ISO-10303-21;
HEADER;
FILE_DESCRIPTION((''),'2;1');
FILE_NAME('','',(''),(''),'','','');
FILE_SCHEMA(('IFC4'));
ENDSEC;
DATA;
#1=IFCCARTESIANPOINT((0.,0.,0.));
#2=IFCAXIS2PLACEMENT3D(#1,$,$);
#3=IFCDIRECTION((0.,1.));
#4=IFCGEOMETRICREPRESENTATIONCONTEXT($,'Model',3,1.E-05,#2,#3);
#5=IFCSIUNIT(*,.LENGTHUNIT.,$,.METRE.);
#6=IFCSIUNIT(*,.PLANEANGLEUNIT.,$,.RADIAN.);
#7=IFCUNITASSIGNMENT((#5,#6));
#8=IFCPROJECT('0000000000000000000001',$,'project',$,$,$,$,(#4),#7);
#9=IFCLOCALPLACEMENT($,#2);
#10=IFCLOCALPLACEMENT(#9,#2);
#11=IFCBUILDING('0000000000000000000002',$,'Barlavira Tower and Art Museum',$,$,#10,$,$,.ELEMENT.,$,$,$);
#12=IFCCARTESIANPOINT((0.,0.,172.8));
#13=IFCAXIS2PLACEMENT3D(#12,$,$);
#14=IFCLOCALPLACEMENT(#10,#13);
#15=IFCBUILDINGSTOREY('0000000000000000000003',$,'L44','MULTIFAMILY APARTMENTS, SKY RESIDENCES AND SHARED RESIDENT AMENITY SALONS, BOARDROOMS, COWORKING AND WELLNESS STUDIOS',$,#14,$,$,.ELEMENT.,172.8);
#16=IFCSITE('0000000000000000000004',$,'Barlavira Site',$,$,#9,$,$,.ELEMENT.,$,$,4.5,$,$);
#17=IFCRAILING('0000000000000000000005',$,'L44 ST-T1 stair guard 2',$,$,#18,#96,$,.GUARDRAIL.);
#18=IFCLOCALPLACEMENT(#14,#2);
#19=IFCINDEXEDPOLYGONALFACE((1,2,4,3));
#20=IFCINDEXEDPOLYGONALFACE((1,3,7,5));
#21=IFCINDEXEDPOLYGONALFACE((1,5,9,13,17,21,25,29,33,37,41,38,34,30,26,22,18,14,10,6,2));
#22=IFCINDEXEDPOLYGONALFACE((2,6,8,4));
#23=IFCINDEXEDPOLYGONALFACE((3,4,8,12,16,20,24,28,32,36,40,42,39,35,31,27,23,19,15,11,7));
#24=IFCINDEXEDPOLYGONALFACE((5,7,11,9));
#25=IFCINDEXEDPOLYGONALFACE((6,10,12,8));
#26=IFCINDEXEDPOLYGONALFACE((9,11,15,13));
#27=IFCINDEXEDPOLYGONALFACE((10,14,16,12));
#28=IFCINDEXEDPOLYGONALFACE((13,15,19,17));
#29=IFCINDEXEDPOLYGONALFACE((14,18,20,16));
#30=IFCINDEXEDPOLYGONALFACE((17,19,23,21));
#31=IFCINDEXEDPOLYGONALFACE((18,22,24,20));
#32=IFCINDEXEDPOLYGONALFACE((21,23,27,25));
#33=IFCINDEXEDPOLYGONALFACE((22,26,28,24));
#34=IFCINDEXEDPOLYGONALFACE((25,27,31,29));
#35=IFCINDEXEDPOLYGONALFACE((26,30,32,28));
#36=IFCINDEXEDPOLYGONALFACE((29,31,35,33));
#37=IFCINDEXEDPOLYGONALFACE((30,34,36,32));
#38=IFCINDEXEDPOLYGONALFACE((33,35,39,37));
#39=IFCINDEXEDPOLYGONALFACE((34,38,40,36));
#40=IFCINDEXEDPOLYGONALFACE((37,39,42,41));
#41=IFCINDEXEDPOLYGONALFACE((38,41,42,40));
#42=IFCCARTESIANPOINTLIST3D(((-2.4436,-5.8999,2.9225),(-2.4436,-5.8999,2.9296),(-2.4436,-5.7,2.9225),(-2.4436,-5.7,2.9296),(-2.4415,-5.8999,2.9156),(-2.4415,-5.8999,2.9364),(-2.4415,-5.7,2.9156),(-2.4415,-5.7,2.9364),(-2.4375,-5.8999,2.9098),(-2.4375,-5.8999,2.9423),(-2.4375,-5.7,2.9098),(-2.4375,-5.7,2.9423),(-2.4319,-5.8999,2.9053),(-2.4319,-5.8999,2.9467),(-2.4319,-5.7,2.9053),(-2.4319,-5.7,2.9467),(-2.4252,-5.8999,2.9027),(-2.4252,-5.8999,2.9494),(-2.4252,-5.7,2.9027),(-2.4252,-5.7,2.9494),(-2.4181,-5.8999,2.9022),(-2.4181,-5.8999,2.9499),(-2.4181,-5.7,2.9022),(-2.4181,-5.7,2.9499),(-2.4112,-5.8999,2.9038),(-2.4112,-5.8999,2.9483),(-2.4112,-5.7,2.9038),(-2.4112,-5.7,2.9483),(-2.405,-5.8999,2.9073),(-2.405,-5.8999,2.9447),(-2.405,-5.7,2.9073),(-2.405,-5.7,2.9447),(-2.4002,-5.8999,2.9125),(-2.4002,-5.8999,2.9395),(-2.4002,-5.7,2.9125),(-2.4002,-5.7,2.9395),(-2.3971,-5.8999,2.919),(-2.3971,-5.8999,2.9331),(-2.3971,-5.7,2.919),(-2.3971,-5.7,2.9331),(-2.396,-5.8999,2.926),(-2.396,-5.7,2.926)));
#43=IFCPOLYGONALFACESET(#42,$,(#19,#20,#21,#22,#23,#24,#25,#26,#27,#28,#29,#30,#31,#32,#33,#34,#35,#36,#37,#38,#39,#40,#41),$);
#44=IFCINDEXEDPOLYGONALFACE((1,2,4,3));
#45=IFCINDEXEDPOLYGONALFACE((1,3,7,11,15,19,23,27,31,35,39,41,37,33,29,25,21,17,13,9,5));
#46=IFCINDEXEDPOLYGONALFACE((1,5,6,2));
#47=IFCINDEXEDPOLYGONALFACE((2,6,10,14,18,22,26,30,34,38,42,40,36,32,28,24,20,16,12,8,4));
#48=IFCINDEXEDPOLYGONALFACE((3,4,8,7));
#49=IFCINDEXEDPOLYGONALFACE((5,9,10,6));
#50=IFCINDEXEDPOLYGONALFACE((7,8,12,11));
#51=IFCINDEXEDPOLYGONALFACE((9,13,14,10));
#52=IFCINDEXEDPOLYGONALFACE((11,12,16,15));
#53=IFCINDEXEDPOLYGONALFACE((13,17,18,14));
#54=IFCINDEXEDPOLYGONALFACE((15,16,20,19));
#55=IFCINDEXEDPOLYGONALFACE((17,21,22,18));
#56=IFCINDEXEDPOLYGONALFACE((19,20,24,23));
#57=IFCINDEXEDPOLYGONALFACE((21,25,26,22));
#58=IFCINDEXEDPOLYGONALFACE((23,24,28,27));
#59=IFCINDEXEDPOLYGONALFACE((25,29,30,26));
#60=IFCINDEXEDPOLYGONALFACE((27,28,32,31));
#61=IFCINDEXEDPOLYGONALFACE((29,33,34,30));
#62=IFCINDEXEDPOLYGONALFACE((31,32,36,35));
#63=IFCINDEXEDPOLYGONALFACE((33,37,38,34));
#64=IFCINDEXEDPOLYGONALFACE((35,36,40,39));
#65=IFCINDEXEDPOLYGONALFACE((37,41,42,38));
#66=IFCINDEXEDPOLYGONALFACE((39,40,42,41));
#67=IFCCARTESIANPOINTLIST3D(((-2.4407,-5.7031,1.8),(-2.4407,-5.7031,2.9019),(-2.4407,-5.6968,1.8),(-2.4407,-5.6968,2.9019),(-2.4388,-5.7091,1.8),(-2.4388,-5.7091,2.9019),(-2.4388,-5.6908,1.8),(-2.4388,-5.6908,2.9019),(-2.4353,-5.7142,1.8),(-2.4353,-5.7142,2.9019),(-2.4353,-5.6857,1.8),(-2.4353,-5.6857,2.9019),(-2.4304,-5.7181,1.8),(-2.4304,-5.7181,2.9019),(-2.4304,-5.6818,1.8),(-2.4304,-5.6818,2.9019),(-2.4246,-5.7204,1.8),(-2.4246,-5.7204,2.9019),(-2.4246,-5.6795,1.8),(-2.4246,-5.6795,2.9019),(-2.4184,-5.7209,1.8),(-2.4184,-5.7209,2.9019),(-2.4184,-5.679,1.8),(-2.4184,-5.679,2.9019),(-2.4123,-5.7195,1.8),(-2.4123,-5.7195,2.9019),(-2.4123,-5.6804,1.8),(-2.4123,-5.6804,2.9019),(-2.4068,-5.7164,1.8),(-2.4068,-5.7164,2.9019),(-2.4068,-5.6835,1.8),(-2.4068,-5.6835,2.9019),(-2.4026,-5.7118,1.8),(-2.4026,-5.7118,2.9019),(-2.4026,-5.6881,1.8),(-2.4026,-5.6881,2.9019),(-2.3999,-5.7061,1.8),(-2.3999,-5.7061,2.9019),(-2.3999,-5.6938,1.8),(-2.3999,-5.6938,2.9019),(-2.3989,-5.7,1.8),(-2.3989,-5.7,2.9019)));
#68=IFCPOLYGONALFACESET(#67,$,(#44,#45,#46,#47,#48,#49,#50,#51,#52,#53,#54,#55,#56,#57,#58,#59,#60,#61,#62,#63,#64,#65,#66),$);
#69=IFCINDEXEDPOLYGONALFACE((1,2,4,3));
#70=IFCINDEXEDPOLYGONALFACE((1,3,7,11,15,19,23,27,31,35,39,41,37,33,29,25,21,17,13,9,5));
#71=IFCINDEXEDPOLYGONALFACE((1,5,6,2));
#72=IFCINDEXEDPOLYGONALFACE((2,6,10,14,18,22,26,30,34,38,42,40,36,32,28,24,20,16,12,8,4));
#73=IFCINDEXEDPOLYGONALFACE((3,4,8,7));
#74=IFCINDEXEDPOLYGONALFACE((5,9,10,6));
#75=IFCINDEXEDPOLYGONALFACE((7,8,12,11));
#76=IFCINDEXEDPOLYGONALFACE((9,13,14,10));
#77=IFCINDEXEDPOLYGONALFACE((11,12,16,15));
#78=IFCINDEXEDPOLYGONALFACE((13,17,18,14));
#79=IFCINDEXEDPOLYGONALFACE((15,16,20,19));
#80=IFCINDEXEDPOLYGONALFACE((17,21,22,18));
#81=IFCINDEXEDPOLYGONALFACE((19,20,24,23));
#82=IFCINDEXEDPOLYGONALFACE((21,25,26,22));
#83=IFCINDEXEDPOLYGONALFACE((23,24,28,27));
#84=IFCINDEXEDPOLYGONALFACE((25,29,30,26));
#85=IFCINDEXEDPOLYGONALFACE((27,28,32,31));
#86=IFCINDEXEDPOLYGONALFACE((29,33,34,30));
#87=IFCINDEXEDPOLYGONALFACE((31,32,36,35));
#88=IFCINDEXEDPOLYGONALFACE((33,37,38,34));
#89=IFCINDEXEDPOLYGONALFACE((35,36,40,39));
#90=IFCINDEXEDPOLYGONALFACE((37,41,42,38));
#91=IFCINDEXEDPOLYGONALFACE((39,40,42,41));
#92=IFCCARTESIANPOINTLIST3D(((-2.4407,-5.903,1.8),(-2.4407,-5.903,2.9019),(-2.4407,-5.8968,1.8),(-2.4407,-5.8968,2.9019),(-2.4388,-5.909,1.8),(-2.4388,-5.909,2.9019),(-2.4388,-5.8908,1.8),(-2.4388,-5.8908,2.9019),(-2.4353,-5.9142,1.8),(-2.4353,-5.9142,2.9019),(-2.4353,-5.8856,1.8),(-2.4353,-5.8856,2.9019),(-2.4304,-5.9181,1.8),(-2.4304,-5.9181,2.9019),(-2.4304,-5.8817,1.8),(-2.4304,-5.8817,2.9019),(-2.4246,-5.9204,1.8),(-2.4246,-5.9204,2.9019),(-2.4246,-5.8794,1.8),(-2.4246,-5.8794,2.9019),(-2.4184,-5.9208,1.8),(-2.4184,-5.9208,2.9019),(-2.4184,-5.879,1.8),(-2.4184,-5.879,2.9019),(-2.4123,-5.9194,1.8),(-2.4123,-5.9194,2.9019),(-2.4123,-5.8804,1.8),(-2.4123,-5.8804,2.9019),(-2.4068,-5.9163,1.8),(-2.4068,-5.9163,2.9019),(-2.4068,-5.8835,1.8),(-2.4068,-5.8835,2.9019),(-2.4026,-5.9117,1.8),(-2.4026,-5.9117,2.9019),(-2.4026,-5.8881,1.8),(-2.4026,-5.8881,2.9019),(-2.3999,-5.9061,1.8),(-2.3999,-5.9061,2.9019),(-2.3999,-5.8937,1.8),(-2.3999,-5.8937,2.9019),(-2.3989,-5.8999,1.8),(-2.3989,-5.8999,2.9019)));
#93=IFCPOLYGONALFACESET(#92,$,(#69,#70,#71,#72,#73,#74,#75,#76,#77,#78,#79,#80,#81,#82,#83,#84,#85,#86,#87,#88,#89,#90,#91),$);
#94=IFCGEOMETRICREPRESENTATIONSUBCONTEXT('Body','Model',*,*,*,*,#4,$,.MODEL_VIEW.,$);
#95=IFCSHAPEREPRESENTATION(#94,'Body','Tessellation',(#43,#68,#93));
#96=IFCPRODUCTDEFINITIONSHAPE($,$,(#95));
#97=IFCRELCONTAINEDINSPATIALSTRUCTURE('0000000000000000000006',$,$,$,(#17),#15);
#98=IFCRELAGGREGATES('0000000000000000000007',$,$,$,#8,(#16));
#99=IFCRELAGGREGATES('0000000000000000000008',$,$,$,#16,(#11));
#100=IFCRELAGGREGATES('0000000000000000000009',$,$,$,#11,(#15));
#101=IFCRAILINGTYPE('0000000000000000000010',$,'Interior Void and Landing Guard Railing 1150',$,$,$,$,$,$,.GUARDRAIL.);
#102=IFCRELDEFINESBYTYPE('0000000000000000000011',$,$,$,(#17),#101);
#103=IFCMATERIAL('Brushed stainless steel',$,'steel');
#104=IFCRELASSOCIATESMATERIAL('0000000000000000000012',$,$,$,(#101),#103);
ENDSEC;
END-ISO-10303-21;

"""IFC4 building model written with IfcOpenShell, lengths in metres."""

from ifc_helpers import new_model, si_unit, direction, frame, origin, origin_2d, place, context, subcontext, project, spatial, circle, extrude, material, type_object, element, save


model = new_model("IFC4")

# Units and contexts
model_context = context("Model", 3, precision=1e-05, world=origin(), true_north=direction((0.0, 1.0)))
body_context = subcontext(model_context, "Body", "Model", "MODEL_VIEW")
ifc_project = project(units=[si_unit("LENGTHUNIT", "METRE"), si_unit("PLANEANGLEUNIT", "RADIAN")], contexts=[model_context])

# Site, building, storey
site_placement = place(None, origin())
site = spatial("IfcSite", under=ifc_project, at=site_placement, Name="Barlavira Site", CompositionType="ELEMENT", RefElevation=4.5)
building_placement = place(site_placement, origin())
building = spatial("IfcBuilding", under=site, at=building_placement, Name="Barlavira Tower and Art Museum", CompositionType="ELEMENT")
storey_placement = place(building_placement, frame((0.0, 0.0, 172.8)))
storey = spatial("IfcBuildingStorey", under=building, at=storey_placement, Name="L44", Description="MULTIFAMILY APARTMENTS, SKY RESIDENCES AND SHARED RESIDENT AMENITY SALONS, BOARDROOMS, COWORKING AND WELLNESS STUDIOS", CompositionType="ELEMENT", Elevation=172.8)

# Shared definitions
ifc_material_1 = material(Name="Brushed stainless steel", Category="steel")

# Railing
railing_type_1 = type_object("IfcRailingType", Name="Interior Void and Landing Guard Railing 1150", PredefinedType="GUARDRAIL", material=ifc_material_1)
railing_1_placement = place(storey_placement, frame((-2.4199, -5.7, 1.8)))
element("IfcRailing", 1, at=railing_1_placement, inside=storey, type_object=railing_type_1, Name="L44 ST-T1 stair guard 2", PredefinedType="GUARDRAIL", context=body_context, shape_type="SweptSolid", body=[
    extrude(circle(Radius=0.0239, at=origin_2d()), frame((0.0, 0.0, 1.126), z_axis=(0.0, -1.0, 0.0), x_axis=(1.0, 0.0, 0.0)), (0.0, 0.0, 1.0), 0.2),
    extrude(circle(Radius=0.021, at=origin_2d()), origin(), (0.0, 0.0, 1.0), 1.1018),
    extrude(circle(Radius=0.021, at=origin_2d()), frame((0.0, -0.2, 0.0)), (0.0, 0.0, 1.0), 1.1018),
])

save(model, "model.ifc")
